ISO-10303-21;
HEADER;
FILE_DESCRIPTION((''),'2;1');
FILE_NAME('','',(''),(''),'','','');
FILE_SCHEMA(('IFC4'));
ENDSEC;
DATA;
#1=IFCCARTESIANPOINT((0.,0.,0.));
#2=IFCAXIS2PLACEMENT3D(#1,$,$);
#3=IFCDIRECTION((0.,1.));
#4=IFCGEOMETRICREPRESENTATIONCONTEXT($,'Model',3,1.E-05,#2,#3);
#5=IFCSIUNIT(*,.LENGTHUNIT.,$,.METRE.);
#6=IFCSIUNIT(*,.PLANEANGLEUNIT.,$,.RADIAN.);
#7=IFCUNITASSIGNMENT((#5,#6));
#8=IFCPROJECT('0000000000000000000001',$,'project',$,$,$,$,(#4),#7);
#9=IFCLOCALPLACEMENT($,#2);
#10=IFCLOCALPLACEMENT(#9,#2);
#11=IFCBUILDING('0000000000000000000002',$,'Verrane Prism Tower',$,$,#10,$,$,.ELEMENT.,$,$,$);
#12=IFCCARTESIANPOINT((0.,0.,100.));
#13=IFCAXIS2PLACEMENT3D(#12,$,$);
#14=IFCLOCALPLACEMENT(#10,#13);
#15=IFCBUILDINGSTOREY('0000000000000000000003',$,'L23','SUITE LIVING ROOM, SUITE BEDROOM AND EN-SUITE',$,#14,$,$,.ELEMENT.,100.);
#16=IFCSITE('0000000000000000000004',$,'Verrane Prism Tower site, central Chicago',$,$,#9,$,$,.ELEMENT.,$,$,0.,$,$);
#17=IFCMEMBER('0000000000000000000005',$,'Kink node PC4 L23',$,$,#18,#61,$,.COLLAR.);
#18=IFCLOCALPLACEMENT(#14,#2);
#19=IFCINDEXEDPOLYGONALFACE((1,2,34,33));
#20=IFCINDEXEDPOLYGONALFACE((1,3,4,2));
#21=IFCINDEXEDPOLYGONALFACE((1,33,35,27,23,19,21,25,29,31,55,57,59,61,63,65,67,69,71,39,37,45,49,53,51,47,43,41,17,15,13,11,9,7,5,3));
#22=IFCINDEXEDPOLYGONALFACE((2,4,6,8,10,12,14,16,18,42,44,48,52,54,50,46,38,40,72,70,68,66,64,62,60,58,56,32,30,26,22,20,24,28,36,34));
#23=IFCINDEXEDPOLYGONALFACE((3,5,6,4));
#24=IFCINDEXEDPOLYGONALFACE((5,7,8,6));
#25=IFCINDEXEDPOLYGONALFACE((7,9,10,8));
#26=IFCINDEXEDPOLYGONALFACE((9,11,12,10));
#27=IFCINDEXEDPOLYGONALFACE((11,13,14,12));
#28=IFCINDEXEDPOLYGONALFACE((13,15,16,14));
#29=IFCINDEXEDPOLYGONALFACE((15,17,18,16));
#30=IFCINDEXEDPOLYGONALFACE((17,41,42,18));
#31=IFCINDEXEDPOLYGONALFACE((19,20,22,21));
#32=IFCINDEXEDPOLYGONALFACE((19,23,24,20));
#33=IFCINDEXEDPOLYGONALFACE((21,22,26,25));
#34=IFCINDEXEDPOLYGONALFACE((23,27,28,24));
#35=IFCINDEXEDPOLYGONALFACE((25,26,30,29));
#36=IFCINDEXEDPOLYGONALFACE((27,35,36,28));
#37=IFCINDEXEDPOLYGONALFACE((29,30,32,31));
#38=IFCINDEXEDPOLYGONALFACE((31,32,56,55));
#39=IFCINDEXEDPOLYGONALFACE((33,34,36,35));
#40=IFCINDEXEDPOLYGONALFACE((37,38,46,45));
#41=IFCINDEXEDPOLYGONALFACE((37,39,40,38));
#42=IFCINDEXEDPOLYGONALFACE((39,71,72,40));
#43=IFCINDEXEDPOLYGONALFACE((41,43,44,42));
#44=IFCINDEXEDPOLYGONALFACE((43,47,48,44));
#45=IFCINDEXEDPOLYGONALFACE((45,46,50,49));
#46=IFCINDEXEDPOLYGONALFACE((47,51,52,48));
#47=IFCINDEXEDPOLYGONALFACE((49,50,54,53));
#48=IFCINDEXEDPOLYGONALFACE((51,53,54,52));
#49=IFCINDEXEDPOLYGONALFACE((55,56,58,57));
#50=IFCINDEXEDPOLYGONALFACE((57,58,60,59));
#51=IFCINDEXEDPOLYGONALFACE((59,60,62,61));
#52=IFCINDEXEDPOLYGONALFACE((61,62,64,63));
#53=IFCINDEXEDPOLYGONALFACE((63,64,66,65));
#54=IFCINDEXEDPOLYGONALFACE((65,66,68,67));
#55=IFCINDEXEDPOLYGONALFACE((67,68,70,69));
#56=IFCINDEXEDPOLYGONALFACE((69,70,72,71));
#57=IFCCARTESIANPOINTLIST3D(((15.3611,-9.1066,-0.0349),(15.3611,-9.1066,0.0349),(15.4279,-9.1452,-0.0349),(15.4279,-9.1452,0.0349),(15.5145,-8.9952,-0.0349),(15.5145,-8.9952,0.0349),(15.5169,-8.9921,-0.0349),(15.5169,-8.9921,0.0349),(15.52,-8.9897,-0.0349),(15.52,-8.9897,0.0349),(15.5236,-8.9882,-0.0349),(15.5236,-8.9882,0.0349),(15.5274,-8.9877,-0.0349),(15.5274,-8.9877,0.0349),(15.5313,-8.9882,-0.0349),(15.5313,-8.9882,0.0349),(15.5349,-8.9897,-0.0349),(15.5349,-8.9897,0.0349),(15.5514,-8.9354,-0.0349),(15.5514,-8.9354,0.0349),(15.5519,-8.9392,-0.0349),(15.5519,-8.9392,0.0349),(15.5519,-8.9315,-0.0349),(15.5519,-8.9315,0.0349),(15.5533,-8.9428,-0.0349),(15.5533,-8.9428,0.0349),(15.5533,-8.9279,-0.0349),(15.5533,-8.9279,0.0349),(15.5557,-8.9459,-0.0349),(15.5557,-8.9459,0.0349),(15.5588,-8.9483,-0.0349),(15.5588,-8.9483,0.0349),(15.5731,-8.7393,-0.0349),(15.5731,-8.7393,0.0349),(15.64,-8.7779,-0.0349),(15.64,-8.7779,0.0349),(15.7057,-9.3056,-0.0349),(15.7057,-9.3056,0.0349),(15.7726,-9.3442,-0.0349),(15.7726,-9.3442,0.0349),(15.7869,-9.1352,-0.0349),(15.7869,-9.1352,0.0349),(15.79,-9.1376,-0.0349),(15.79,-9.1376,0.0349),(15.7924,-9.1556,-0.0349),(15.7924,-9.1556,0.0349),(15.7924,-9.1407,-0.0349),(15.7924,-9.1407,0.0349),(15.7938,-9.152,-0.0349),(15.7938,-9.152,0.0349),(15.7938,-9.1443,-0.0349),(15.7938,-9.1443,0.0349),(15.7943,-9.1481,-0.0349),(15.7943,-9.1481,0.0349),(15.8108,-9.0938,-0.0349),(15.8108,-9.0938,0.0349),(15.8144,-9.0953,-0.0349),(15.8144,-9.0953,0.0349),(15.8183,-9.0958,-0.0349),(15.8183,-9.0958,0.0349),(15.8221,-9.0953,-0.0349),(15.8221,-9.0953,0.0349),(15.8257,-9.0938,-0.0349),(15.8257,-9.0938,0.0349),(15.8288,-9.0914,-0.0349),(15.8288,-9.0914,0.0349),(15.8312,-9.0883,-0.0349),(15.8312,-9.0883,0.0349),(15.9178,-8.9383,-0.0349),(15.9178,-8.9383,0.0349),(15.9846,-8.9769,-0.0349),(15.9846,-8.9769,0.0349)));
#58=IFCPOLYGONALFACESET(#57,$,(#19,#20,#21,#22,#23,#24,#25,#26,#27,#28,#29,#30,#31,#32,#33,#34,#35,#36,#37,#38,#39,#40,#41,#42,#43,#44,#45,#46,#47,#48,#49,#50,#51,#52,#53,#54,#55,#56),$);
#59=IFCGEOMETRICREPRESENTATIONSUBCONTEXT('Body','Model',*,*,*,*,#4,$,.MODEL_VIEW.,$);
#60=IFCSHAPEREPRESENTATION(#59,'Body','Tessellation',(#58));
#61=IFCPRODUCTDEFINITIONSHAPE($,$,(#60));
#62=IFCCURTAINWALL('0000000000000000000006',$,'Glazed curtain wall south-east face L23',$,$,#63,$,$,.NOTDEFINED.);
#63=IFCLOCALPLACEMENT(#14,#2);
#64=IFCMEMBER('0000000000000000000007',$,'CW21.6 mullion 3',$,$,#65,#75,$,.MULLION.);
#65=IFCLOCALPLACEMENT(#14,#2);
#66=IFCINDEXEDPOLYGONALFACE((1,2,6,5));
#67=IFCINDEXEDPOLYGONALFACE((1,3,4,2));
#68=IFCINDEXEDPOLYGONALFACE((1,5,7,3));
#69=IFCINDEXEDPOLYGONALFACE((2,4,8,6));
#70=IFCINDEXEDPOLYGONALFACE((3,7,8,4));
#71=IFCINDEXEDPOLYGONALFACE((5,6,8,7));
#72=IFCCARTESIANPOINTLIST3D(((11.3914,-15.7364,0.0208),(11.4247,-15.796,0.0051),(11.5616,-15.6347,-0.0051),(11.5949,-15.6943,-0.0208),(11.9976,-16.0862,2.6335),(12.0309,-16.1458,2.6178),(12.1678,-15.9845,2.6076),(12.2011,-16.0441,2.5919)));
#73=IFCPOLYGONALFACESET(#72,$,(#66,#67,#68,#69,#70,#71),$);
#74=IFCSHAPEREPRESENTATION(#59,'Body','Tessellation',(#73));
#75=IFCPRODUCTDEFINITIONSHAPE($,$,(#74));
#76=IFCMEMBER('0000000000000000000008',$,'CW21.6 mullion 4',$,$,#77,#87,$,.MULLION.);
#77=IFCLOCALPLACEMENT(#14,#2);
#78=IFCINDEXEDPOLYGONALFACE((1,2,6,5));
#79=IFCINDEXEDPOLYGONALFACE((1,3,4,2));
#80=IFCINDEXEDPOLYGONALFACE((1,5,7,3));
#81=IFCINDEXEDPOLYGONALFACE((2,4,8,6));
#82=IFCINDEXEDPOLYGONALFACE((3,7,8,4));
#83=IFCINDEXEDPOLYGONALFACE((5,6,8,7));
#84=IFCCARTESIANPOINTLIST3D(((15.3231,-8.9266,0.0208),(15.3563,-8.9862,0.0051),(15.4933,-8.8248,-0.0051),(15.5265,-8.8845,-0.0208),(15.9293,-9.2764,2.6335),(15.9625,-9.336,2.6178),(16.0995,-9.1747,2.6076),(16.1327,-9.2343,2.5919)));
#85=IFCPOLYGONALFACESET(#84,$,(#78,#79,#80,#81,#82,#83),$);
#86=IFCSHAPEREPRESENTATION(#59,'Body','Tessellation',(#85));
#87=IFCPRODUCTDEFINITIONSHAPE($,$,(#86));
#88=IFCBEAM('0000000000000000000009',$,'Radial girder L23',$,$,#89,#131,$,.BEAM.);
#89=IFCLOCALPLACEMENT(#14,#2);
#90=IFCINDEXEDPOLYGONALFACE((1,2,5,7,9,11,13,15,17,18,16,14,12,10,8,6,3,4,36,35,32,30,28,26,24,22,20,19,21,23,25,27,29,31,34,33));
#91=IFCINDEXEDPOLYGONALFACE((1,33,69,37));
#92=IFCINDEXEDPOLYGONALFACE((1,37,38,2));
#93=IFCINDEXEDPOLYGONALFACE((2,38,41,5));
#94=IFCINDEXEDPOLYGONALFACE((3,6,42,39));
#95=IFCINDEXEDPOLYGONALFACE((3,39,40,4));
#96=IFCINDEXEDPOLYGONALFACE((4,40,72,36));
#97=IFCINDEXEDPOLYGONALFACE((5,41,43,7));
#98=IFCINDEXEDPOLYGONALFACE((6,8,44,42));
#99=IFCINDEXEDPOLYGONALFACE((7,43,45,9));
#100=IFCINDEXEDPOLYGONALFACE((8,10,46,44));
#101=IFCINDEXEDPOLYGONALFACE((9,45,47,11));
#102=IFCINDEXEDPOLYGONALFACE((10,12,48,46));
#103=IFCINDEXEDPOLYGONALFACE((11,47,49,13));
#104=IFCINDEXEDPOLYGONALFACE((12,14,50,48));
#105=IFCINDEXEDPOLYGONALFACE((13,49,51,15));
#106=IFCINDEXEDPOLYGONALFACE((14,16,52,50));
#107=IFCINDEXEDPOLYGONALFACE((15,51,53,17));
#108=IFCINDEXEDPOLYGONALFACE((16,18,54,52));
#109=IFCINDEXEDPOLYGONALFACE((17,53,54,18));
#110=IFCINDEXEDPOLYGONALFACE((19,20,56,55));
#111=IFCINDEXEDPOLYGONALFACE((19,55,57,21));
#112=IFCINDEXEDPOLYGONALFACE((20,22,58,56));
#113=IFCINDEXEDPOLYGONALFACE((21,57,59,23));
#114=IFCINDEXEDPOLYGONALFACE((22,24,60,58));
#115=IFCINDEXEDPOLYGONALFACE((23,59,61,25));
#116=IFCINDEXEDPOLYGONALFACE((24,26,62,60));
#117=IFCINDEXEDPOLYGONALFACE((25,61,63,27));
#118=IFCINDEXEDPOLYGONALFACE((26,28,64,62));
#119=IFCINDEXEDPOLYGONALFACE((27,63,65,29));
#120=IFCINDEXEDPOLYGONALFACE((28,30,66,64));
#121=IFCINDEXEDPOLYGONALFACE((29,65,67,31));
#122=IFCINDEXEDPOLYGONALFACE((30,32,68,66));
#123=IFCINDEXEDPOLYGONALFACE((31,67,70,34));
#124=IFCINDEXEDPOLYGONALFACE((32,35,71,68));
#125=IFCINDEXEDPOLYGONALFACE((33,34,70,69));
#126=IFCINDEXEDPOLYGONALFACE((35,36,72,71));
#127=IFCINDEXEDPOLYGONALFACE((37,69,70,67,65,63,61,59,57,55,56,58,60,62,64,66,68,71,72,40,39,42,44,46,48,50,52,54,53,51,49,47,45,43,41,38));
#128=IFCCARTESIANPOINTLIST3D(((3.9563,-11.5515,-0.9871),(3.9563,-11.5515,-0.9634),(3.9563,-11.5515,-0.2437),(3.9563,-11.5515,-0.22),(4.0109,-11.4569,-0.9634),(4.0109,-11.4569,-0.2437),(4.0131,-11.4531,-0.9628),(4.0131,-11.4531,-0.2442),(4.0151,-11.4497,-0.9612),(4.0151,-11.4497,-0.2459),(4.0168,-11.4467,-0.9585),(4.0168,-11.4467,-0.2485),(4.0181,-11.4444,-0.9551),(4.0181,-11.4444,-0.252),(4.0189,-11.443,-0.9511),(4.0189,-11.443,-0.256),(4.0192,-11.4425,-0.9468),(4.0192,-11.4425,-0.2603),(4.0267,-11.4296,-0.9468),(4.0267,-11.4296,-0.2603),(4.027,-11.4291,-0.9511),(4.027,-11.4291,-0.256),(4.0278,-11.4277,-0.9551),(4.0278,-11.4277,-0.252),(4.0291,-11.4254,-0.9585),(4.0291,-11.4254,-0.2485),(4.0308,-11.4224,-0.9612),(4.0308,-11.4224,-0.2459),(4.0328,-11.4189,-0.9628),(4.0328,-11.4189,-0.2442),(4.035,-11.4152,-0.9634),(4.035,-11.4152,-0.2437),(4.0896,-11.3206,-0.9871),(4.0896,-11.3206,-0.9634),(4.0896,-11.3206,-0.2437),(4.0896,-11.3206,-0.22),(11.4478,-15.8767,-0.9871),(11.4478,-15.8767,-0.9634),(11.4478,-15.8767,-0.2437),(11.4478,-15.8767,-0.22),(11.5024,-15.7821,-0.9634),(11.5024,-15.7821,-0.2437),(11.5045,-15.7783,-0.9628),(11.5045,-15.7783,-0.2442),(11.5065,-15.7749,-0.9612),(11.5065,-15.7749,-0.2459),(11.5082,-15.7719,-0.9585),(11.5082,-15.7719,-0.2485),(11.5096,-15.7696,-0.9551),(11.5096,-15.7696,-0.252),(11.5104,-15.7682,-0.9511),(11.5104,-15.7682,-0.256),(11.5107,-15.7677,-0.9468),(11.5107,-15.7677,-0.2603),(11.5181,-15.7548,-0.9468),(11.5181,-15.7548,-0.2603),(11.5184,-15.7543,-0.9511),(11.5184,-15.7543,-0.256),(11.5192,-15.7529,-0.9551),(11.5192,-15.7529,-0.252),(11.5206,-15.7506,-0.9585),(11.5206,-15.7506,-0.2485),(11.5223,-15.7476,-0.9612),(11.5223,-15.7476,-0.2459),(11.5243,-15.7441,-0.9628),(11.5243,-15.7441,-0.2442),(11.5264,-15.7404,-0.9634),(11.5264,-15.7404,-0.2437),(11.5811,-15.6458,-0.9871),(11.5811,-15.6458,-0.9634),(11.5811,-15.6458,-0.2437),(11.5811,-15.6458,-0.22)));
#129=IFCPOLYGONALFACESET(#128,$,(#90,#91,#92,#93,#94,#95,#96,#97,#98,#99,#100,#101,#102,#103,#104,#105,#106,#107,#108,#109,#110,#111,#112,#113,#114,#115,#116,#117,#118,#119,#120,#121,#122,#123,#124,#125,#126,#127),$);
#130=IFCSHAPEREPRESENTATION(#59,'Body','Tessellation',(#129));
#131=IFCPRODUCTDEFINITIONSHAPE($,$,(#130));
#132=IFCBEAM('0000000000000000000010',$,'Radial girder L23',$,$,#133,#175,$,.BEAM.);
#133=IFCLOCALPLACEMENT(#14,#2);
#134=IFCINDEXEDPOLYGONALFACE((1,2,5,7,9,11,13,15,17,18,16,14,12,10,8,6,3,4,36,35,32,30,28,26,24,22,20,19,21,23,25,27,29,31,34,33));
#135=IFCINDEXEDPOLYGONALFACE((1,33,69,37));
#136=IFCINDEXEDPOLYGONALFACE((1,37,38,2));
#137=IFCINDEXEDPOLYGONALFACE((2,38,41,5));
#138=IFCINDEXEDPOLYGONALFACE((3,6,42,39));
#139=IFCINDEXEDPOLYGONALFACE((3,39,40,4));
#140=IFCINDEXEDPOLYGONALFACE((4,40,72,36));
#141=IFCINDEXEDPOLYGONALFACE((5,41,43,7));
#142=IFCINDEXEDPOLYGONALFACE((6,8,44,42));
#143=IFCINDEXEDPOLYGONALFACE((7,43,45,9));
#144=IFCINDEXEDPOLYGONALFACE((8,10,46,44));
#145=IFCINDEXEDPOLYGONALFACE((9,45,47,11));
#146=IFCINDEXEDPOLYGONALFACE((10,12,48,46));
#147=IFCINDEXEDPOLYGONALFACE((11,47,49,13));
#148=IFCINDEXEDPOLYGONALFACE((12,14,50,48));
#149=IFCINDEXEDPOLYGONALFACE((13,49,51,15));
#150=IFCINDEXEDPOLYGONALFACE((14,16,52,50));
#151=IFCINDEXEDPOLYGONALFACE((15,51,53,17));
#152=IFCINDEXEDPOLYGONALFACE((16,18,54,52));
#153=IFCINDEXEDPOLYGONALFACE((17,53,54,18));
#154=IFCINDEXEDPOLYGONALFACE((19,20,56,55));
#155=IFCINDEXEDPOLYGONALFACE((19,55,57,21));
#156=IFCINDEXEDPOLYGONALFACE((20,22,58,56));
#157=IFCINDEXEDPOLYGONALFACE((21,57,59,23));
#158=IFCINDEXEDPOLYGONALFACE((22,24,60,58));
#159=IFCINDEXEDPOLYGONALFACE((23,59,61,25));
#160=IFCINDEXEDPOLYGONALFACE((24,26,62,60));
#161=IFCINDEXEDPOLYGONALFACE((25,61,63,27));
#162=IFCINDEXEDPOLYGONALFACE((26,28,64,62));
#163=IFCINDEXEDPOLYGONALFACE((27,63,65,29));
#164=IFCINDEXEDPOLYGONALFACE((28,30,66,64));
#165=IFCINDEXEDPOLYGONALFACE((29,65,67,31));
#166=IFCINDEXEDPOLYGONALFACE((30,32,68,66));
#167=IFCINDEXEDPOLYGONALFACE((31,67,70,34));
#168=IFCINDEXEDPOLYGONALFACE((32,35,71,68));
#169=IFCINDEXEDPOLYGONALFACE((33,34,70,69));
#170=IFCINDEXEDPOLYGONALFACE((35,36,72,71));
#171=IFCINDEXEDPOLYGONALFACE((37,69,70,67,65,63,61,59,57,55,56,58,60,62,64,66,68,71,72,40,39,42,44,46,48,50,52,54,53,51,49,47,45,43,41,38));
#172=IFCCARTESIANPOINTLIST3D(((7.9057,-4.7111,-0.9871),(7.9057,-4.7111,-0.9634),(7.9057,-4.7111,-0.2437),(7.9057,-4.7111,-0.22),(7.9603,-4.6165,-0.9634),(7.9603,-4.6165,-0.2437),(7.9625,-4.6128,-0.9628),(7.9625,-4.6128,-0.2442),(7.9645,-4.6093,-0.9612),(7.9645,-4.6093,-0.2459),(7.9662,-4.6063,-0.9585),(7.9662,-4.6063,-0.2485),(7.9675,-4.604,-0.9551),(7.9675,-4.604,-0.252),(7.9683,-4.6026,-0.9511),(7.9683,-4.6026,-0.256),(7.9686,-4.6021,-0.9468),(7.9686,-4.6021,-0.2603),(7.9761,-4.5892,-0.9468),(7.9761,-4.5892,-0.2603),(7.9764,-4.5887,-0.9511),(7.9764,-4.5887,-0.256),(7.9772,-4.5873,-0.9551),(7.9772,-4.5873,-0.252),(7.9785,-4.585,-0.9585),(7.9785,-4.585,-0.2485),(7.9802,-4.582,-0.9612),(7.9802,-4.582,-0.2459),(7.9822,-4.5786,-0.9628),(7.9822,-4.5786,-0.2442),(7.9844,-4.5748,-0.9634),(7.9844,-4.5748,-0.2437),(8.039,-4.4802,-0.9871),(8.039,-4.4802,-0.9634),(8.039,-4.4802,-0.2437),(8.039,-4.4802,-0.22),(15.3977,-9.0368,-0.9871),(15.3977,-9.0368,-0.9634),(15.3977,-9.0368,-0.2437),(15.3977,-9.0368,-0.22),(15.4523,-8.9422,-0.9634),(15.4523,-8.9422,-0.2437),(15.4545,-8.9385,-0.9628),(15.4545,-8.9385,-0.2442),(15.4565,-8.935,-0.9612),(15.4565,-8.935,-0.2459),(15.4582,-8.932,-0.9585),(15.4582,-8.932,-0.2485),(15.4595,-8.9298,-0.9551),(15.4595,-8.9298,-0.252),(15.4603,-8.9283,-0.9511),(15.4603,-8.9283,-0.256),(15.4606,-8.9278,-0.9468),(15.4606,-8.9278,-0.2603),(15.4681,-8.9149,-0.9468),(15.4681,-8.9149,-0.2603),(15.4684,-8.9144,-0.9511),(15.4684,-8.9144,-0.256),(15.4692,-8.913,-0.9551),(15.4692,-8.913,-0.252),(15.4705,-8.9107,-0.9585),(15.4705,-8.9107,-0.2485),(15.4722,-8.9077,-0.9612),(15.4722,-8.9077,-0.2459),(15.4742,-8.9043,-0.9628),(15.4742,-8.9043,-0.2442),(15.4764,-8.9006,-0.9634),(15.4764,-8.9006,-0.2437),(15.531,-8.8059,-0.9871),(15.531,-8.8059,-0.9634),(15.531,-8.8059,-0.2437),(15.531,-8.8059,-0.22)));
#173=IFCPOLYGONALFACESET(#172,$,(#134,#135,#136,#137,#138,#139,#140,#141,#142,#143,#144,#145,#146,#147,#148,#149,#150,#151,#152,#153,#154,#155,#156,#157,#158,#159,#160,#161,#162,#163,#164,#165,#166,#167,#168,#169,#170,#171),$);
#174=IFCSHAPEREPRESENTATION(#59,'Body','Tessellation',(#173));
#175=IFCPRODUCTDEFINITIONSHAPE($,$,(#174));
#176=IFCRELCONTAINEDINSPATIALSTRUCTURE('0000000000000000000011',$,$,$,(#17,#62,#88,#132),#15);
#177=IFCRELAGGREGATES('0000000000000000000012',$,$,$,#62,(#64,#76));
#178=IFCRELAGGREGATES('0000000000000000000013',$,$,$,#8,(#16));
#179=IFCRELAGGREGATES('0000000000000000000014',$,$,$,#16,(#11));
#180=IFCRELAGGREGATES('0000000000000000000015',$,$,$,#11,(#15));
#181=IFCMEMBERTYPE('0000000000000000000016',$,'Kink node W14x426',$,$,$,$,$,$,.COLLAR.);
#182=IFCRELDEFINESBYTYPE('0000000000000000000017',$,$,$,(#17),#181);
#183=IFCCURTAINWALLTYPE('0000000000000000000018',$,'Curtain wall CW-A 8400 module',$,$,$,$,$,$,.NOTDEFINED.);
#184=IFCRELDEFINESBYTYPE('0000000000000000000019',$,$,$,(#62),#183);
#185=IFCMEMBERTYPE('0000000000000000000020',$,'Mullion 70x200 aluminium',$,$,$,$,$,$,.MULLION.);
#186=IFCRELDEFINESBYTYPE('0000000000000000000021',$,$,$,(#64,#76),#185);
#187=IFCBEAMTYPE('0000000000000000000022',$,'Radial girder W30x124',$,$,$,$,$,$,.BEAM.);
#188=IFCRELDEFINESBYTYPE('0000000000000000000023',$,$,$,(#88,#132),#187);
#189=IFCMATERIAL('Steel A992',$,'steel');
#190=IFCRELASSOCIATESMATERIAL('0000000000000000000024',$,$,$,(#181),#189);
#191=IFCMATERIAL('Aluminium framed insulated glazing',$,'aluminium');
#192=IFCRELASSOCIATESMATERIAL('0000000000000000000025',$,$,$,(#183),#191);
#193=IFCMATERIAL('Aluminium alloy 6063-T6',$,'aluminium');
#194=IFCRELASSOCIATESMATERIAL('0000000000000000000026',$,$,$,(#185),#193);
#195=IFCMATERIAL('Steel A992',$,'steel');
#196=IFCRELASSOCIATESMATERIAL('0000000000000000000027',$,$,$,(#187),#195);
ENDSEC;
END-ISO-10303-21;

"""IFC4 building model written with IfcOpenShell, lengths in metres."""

from ifc_helpers import new_model, si_unit, direction, frame, origin, origin_2d, place, context, subcontext, project, spatial, rectangle, i_section, extrude, material, material_profile, profile_set, type_object, element, aggregate, save


model = new_model("IFC4")

# Units and contexts
model_context = context("Model", 3, precision=1e-05, world=origin(), true_north=direction((0.0, 1.0)))
body_context = subcontext(model_context, "Body", "Model", "MODEL_VIEW")
ifc_project = project(units=[si_unit("LENGTHUNIT", "METRE"), si_unit("PLANEANGLEUNIT", "RADIAN")], contexts=[model_context])

# Site, building, storey
site_placement = place(None, origin())
site = spatial("IfcSite", under=ifc_project, at=site_placement, Name="Verrane Prism Tower site, central Chicago", CompositionType="ELEMENT", RefElevation=0.0)
building_placement = place(site_placement, origin())
building = spatial("IfcBuilding", under=site, at=building_placement, Name="Verrane Prism Tower", CompositionType="ELEMENT")
storey_placement = place(building_placement, frame((0.0, 0.0, 100.0)))
storey = spatial("IfcBuildingStorey", under=building, at=storey_placement, Name="L23", Description="SUITE LIVING ROOM, SUITE BEDROOM AND EN-SUITE", CompositionType="ELEMENT", Elevation=100.0)

# Member
ifc_material_1 = material(Name="Steel A992", Category="steel")
ifc_material_profile_1 = material_profile(ifc_material_1, i_section(OverallWidth=0.4241, OverallDepth=0.4751, WebThickness=0.0479, FlangeThickness=0.0771, FilletRadius=0.0149, at=origin_2d()), Name="W14x426")
ifc_profile_set_1 = profile_set([ifc_material_profile_1], Name="Steel A992")
member_type_1 = type_object("IfcMemberType", Name="Kink node W14x426", PredefinedType="COLLAR", material=ifc_profile_set_1)
member_1_placement = place(storey_placement, frame((15.6729, -9.0417, -0.0349), z_axis=(0.0, 0.0, 1.0), x_axis=(-0.5, -0.866025, 0.0)))
element("IfcMember", 1, at=member_1_placement, inside=storey, type_object=member_type_1, Name="Kink node PC4 L23", PredefinedType="COLLAR", context=body_context, shape_type="SweptSolid", body=[
    extrude(i_section(OverallWidth=0.4241, OverallDepth=0.4751, WebThickness=0.0479, FlangeThickness=0.0771, FilletRadius=0.0149, at=origin_2d()), origin(), (0.0, 0.0, 1.0), 0.0698),
])

# Curtain wall, members
ifc_material_2 = material(Name="Aluminium framed insulated glazing", Category="aluminium")
curtain_wall_type = type_object("IfcCurtainWallType", Name="Curtain wall CW-A 8400 module", PredefinedType="NOTDEFINED", material=ifc_material_2)
curtain_wall_placement = place(storey_placement, origin())
curtain_wall = element("IfcCurtainWall", 2, at=curtain_wall_placement, inside=storey, type_object=curtain_wall_type, Name="Glazed curtain wall south-east face L23", PredefinedType="NOTDEFINED")
ifc_material_3 = material(Name="Aluminium alloy 6063-T6", Category="aluminium")
ifc_material_profile_2 = material_profile(ifc_material_3, rectangle(XDim=0.2, YDim=0.0701, at=origin_2d()), Name="Mullion 70x200 aluminium")
ifc_profile_set_2 = profile_set([ifc_material_profile_2], Name="Aluminium alloy 6063-T6")
member_type_2 = type_object("IfcMemberType", Name="Mullion 70x200 aluminium", PredefinedType="MULLION", material=ifc_profile_set_2)
member_2_placement = place(storey_placement, frame((11.4932, -15.7153, 0.0), z_axis=(0.224111, -0.12934, 0.965943), x_axis=(-0.851192, -0.508659, 0.129378)))
member_2 = element("IfcMember", 3, at=member_2_placement, type_object=member_type_2, Name="CW21.6 mullion 3", PredefinedType="MULLION", context=body_context, shape_type="SweptSolid", body=[
    extrude(rectangle(XDim=0.2, YDim=0.0701, at=origin_2d()), origin(), (0.0, 0.0, 1.0), 2.7048),
])
member_3_placement = place(storey_placement, frame((15.4248, -8.9055, 0.0), z_axis=(0.224111, -0.12934, 0.965943), x_axis=(-0.851192, -0.508659, 0.129378)))
member_3 = element("IfcMember", 4, at=member_3_placement, type_object=member_type_2, Name="CW21.6 mullion 4", PredefinedType="MULLION", context=body_context, shape_type="SweptSolid", body=[
    extrude(rectangle(XDim=0.2, YDim=0.0701, at=origin_2d()), origin(), (0.0, 0.0, 1.0), 2.7048),
])

# Beams
ifc_material_4 = material(Name="Steel A992", Category="steel")
ifc_material_profile_3 = material_profile(ifc_material_4, i_section(OverallWidth=0.2666, OverallDepth=0.7671, WebThickness=0.0149, FlangeThickness=0.0237, FilletRadius=0.0166, at=origin_2d()), Name="W30x124")
ifc_profile_set_3 = profile_set([ifc_material_profile_3], Name="Steel A992")
beam_type_1 = type_object("IfcBeamType", Name="Radial girder W30x124", PredefinedType="BEAM", material=ifc_profile_set_3)
beam_1_placement = place(storey_placement, frame((11.5144, -15.7612, -0.6035), z_axis=(-0.866025, 0.5, 0.0), x_axis=(-0.5, -0.866025, 0.0)))
element("IfcBeam", 5, at=beam_1_placement, inside=storey, type_object=beam_type_1, Name="Radial girder L23", PredefinedType="BEAM", context=body_context, shape_type="SweptSolid", body=[
    extrude(i_section(OverallWidth=0.2666, OverallDepth=0.7671, WebThickness=0.0149, FlangeThickness=0.0237, FilletRadius=0.0166, at=origin_2d()), origin(), (0.0, 0.0, 1.0), 8.6504),
])
beam_2_placement = place(storey_placement, frame((15.4644, -8.9214, -0.6035), z_axis=(-0.866015, 0.500018, 0.0), x_axis=(-0.500018, -0.866015, 0.0)))
element("IfcBeam", 6, at=beam_2_placement, inside=storey, type_object=beam_type_1, Name="Radial girder L23", PredefinedType="BEAM", context=body_context, shape_type="SweptSolid", body=[
    extrude(i_section(OverallWidth=0.2666, OverallDepth=0.7671, WebThickness=0.0149, FlangeThickness=0.0237, FilletRadius=0.0166, at=origin_2d()), origin(), (0.0, 0.0, 1.0), 8.6511),
])

aggregate(curtain_wall, [member_2, member_3])

save(model, "model.ifc")
